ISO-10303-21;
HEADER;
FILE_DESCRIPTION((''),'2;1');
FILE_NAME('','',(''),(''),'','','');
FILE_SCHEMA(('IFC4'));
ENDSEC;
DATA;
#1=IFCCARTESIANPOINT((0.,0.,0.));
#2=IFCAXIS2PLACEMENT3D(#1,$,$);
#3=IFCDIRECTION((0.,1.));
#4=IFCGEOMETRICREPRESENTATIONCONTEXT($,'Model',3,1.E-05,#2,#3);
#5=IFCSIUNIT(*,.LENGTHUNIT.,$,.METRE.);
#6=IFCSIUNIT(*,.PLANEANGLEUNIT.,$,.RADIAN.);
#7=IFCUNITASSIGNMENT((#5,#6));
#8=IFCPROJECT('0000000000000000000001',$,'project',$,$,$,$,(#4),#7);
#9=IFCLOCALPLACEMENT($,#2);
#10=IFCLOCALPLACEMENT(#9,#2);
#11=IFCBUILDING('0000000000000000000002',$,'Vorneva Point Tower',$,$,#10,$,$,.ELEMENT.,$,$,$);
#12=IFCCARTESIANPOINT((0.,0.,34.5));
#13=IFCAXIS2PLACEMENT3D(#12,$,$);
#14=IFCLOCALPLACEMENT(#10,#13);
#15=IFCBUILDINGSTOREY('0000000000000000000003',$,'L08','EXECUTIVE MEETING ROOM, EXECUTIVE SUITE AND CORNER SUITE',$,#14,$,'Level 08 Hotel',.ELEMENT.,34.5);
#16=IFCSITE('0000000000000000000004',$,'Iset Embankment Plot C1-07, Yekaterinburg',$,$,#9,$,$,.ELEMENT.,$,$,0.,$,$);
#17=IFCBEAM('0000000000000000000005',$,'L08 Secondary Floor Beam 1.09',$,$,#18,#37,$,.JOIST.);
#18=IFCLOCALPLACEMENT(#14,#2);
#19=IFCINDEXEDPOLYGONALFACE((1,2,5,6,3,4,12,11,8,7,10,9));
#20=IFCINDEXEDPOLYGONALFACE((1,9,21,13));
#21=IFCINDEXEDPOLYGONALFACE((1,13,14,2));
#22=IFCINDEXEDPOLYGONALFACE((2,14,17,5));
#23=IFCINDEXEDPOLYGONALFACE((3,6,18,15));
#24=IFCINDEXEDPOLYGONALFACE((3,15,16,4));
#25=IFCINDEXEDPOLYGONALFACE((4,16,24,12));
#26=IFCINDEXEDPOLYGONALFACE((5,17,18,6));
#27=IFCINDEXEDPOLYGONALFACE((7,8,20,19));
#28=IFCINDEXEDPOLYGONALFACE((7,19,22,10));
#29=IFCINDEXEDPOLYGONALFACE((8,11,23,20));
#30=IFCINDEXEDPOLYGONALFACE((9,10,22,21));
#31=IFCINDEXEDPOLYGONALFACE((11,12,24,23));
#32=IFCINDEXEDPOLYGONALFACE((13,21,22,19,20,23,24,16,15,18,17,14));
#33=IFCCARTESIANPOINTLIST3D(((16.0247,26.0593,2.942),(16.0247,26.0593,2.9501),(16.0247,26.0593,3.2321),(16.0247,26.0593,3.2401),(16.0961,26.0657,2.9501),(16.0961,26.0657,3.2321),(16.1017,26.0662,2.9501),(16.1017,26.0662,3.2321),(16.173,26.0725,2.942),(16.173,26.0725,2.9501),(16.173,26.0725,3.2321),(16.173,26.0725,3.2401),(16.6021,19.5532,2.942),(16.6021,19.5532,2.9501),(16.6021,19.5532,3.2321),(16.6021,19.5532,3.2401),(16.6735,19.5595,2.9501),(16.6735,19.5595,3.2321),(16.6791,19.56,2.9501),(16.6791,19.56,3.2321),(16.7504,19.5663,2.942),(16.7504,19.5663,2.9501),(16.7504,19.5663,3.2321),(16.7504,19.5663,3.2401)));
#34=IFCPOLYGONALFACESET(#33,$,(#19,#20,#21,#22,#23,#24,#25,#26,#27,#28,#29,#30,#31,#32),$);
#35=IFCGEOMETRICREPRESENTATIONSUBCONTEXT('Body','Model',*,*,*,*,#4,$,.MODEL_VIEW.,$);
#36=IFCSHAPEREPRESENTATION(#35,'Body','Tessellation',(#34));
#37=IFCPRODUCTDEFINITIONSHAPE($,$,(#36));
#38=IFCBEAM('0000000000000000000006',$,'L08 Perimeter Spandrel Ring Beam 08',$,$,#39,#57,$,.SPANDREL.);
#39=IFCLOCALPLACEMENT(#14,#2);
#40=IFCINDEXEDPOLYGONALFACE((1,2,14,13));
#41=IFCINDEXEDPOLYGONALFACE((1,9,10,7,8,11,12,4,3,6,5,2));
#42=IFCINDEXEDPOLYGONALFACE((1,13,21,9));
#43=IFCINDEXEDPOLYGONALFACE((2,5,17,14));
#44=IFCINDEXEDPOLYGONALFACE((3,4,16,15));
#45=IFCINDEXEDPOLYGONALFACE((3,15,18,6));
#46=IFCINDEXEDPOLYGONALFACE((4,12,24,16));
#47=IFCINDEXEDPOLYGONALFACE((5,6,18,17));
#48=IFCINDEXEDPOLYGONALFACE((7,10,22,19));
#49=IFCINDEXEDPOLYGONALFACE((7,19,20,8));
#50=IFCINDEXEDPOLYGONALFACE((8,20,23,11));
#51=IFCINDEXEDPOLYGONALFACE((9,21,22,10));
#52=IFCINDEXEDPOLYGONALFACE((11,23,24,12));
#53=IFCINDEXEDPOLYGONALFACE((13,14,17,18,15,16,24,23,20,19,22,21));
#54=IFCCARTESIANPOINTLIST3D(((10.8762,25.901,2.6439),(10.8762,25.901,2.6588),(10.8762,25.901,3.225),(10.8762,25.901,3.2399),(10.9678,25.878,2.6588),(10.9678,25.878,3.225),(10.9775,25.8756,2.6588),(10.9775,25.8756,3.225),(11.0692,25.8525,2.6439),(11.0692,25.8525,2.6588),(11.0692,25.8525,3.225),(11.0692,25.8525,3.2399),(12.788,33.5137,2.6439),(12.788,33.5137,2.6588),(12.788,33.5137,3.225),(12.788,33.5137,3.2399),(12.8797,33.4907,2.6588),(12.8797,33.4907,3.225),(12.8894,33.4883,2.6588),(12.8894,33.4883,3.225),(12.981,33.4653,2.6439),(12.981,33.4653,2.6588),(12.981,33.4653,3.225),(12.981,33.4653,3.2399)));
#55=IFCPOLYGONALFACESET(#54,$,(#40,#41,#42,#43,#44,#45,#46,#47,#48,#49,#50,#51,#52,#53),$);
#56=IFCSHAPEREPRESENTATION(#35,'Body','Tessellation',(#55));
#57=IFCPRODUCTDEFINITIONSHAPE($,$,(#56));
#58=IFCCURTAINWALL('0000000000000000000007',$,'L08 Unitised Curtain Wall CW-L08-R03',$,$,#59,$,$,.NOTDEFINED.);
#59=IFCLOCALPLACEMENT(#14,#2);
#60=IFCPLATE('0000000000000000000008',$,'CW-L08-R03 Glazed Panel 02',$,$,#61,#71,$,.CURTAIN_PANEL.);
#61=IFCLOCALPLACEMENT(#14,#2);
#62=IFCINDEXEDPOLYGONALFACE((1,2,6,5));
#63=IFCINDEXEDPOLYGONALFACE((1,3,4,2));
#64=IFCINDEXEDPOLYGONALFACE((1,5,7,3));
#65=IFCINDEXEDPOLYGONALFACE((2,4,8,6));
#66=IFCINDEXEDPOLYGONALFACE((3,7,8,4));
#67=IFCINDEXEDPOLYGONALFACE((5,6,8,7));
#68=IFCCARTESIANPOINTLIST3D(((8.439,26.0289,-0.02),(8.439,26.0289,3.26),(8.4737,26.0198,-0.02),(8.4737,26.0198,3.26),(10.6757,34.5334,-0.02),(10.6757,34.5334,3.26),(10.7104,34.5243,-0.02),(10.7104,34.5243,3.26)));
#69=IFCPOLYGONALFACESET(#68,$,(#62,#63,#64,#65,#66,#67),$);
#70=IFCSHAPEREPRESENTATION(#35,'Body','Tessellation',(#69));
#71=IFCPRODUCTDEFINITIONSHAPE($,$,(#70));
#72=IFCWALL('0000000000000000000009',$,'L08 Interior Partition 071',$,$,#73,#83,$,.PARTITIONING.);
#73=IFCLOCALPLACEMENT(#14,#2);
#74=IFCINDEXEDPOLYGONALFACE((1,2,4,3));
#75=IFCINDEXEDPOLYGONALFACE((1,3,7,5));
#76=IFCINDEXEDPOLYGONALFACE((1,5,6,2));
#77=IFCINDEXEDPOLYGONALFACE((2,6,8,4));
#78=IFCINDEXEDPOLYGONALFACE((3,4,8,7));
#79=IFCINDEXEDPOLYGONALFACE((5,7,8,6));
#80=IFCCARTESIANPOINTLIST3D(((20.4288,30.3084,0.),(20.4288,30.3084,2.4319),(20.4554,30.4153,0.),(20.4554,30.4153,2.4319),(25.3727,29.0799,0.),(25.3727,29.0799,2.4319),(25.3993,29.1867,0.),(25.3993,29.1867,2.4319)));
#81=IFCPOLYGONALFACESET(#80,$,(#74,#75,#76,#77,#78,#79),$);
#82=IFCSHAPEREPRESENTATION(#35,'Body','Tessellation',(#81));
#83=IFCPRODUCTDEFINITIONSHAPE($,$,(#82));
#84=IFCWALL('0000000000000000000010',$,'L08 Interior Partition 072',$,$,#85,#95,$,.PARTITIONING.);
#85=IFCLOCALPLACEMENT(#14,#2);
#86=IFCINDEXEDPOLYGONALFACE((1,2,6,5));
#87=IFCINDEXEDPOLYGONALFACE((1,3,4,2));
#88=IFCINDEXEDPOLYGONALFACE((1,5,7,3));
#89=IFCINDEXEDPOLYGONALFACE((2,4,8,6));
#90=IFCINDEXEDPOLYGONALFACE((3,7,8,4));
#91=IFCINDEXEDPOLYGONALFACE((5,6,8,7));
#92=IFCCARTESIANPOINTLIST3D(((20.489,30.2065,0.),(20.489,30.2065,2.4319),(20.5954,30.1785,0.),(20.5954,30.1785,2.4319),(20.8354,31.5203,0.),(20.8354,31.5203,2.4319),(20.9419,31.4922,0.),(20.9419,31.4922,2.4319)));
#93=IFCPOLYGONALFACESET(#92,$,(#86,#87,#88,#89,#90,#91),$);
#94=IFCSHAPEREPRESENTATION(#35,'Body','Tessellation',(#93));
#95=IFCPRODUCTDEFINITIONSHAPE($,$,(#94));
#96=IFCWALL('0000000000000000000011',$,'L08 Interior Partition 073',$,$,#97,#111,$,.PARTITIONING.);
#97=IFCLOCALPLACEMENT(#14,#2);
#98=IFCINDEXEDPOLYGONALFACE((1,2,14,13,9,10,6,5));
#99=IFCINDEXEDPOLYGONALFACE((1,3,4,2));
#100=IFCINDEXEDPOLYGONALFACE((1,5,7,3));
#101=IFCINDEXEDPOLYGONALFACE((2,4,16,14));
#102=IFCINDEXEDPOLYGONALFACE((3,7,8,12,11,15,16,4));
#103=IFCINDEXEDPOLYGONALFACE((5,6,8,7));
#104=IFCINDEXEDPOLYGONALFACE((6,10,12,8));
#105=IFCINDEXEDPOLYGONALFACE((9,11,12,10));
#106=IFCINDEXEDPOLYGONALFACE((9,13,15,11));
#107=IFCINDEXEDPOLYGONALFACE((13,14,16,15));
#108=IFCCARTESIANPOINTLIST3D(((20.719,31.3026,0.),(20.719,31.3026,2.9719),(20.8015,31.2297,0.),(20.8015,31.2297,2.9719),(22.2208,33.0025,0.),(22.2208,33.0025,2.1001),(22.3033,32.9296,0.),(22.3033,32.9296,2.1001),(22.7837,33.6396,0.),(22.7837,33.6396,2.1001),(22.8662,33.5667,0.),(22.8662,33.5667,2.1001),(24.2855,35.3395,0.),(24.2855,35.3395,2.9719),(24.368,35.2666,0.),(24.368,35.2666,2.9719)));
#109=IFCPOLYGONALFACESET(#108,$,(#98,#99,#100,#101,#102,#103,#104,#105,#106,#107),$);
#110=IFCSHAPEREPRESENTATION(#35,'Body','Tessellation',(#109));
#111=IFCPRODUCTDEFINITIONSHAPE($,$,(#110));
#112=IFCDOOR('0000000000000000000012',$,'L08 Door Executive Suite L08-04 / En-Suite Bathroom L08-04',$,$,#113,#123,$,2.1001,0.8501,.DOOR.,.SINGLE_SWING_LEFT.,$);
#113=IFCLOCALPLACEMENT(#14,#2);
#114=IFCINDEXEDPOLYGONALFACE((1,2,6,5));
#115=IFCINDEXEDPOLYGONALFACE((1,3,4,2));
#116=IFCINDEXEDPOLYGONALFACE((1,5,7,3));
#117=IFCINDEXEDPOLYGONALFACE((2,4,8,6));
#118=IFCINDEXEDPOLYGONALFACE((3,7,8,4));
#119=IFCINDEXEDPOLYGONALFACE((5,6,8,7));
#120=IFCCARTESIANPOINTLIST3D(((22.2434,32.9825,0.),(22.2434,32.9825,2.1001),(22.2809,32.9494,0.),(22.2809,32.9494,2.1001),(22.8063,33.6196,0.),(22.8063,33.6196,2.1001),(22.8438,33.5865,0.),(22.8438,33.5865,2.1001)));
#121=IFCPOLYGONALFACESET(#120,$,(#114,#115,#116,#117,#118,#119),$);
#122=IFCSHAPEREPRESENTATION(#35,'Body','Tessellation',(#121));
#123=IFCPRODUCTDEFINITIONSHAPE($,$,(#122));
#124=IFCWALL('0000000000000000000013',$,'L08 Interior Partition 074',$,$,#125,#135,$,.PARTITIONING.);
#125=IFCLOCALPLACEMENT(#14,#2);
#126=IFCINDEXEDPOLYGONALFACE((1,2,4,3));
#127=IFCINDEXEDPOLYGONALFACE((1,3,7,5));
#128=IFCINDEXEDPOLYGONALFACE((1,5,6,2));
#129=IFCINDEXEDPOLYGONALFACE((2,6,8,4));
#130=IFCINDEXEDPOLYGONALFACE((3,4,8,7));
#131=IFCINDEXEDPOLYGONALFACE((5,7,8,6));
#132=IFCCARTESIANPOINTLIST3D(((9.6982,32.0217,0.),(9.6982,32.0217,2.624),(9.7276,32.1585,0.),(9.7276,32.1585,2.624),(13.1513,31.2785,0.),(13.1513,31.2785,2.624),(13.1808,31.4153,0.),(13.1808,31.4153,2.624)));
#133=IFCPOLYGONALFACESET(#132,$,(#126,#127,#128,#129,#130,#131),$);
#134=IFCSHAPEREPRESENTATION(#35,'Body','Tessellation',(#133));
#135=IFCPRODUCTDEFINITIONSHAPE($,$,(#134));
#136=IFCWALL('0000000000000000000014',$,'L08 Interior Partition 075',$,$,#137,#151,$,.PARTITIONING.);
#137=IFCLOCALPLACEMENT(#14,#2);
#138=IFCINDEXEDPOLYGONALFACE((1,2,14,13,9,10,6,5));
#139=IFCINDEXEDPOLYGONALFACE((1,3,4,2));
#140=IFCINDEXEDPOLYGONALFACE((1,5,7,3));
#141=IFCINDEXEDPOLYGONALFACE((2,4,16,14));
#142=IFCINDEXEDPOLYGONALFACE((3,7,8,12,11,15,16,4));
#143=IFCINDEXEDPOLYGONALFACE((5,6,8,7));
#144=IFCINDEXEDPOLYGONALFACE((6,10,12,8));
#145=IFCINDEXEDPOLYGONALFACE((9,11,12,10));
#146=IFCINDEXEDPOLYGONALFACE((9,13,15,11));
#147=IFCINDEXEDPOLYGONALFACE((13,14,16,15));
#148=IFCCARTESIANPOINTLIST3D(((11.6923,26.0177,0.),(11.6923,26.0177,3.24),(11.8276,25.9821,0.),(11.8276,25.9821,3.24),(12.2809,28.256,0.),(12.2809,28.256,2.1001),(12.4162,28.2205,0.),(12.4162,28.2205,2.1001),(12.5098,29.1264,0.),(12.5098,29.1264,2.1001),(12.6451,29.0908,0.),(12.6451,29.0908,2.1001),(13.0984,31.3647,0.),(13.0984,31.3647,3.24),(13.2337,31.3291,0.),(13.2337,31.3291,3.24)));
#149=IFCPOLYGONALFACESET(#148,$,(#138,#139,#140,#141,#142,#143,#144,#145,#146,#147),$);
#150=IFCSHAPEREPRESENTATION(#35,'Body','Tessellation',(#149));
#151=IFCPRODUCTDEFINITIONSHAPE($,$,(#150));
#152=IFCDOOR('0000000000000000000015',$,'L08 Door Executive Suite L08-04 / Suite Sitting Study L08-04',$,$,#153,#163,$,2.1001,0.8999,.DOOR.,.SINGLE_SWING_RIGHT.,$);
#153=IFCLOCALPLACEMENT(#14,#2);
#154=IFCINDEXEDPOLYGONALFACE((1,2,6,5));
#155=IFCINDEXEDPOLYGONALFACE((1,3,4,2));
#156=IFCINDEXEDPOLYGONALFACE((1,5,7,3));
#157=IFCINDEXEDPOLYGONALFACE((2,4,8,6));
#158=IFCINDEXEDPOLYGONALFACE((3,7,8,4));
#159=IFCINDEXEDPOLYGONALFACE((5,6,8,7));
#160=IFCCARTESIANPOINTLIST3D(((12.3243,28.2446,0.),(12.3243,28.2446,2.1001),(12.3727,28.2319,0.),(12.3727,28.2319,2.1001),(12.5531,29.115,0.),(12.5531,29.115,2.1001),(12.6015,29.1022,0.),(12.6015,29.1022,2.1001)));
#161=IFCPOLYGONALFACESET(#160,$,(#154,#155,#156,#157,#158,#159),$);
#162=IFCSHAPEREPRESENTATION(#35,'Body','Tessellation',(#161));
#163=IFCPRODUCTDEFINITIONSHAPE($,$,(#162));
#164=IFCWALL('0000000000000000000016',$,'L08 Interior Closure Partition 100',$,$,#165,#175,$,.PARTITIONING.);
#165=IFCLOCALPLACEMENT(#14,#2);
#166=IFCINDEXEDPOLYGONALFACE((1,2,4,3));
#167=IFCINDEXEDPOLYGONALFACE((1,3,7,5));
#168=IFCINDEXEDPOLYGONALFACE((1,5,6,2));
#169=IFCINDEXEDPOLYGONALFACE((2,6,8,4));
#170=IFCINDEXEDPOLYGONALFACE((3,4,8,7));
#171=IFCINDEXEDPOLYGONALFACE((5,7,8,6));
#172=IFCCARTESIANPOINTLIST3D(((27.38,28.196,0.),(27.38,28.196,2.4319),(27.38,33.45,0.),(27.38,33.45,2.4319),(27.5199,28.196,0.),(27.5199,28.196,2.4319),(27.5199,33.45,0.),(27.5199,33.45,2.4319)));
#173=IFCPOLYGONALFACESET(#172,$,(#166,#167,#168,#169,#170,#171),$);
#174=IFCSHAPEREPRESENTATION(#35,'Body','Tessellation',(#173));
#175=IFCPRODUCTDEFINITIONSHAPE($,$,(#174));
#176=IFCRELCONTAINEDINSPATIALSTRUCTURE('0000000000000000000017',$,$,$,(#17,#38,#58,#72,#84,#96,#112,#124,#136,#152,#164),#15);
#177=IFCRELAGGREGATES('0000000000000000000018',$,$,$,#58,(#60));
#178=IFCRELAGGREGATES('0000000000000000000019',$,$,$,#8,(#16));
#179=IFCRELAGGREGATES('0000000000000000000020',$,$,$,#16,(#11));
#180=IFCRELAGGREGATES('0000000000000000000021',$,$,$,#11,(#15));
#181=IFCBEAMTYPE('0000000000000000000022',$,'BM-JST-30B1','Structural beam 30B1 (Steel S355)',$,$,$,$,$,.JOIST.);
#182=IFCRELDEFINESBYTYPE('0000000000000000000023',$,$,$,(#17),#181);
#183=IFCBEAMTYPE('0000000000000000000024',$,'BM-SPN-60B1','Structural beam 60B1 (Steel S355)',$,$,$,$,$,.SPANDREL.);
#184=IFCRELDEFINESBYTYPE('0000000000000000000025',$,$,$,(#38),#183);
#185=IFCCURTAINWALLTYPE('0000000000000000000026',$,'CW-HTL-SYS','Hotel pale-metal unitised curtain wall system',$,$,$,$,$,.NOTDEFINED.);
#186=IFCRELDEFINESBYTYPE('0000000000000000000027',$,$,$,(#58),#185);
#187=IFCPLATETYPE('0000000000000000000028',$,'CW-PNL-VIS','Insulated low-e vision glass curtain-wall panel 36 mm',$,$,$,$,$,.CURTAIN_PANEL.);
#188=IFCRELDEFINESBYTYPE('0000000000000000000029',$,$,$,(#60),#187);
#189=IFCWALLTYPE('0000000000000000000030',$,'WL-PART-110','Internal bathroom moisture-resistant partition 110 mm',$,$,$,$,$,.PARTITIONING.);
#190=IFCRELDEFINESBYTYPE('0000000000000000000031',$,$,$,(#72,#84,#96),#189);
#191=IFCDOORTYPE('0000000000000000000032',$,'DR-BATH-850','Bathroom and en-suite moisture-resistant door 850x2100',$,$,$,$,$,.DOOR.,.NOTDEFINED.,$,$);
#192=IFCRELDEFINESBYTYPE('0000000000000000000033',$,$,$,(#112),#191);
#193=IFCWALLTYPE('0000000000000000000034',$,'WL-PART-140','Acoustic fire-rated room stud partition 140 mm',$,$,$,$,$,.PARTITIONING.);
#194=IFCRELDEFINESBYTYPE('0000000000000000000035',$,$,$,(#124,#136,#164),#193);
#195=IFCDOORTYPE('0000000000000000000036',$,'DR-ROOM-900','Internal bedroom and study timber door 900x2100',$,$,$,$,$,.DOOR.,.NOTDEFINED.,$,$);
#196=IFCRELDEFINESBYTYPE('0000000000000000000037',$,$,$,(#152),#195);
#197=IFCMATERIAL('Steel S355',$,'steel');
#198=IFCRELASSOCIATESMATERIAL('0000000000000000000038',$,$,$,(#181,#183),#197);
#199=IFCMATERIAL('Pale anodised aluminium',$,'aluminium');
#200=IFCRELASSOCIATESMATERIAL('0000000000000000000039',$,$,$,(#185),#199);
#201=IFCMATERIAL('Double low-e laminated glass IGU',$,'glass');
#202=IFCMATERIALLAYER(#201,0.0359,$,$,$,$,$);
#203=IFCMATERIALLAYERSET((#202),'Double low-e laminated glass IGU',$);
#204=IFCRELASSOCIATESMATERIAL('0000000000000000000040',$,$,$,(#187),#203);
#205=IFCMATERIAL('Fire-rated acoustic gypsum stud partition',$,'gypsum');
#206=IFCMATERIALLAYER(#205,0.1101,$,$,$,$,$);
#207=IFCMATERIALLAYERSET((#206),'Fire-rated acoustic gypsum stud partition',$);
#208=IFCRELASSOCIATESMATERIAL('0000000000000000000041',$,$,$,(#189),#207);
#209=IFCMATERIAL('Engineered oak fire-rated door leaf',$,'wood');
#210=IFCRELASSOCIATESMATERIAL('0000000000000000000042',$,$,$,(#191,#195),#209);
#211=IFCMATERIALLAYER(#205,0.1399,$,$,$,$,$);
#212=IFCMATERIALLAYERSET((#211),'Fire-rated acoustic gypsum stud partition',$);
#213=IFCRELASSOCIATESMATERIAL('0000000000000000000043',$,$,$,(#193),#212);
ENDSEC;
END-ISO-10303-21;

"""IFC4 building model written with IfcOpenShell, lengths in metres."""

from ifc_helpers import new_model, si_unit, direction, frame, frame_2d, origin, origin_2d, place, context, subcontext, project, spatial, rectangle, i_section, extrude, material, layer, layer_set, material_profile, profile_set, type_object, element, fill, aggregate, save


model = new_model("IFC4")

# Units and contexts
model_context = context("Model", 3, precision=1e-05, world=origin(), true_north=direction((0.0, 1.0)))
body_context = subcontext(model_context, "Body", "Model", "MODEL_VIEW")
ifc_project = project(units=[si_unit("LENGTHUNIT", "METRE"), si_unit("PLANEANGLEUNIT", "RADIAN")], contexts=[model_context])

# Site, building, storey
site_placement = place(None, origin())
site = spatial("IfcSite", under=ifc_project, at=site_placement, Name="Iset Embankment Plot C1-07, Yekaterinburg", CompositionType="ELEMENT", RefElevation=0.0)
building_placement = place(site_placement, origin())
building = spatial("IfcBuilding", under=site, at=building_placement, Name="Vorneva Point Tower", CompositionType="ELEMENT")
storey_placement = place(building_placement, frame((0.0, 0.0, 34.5)))
storey = spatial("IfcBuildingStorey", under=building, at=storey_placement, Name="L08", Description="EXECUTIVE MEETING ROOM, EXECUTIVE SUITE AND CORNER SUITE", LongName="Level 08 Hotel", CompositionType="ELEMENT", Elevation=34.5)

# Beams
ifc_material_1 = material(Name="Steel S355", Category="steel")
ifc_material_profile_1 = material_profile(ifc_material_1, i_section(OverallWidth=0.1489, OverallDepth=0.2981, WebThickness=0.0056, FlangeThickness=0.0081, at=origin_2d()), Name="30B1")
ifc_profile_set_1 = profile_set([ifc_material_profile_1], Name="Steel S355")
beam_type_1 = type_object("IfcBeamType", Name="BM-JST-30B1", Description="Structural beam 30B1 (Steel S355)", PredefinedType="JOIST", material=ifc_profile_set_1)
beam_1_placement = place(storey_placement, frame((16.0989, 26.0659, 3.0911), z_axis=(0.088399, -0.996085, 0.0), x_axis=(0.996085, 0.088399, 0.0)))
element("IfcBeam", 1, at=beam_1_placement, inside=storey, type_object=beam_type_1, Name="L08 Secondary Floor Beam 1.09", PredefinedType="JOIST", context=body_context, shape_type="SweptSolid", body=[
    extrude(i_section(OverallWidth=0.1489, OverallDepth=0.2981, WebThickness=0.0056, FlangeThickness=0.0081, at=origin_2d()), origin(), (0.0, 0.0, 1.0), 6.5317),
])
ifc_material_profile_2 = material_profile(ifc_material_1, i_section(OverallWidth=0.199, OverallDepth=0.5959, WebThickness=0.01, FlangeThickness=0.0149, at=origin_2d()), Name="60B1")
ifc_profile_set_2 = profile_set([ifc_material_profile_2], Name="Steel S355")
beam_type_2 = type_object("IfcBeamType", Name="BM-SPN-60B1", Description="Structural beam 60B1 (Steel S355)", PredefinedType="SPANDREL", material=ifc_profile_set_2)
beam_2_placement = place(storey_placement, frame((12.8845, 33.4895, 2.9419), z_axis=(-0.243575, -0.969882, 0.0), x_axis=(0.969882, -0.243575, 0.0)))
element("IfcBeam", 2, at=beam_2_placement, inside=storey, type_object=beam_type_2, Name="L08 Perimeter Spandrel Ring Beam 08", PredefinedType="SPANDREL", context=body_context, shape_type="SweptSolid", body=[
    extrude(i_section(OverallWidth=0.199, OverallDepth=0.5959, WebThickness=0.01, FlangeThickness=0.0149, at=origin_2d()), origin(), (0.0, 0.0, 1.0), 7.8491),
])

# Curtain wall, plate
ifc_material_2 = material(Name="Pale anodised aluminium", Category="aluminium")
curtain_wall_type = type_object("IfcCurtainWallType", Name="CW-HTL-SYS", Description="Hotel pale-metal unitised curtain wall system", PredefinedType="NOTDEFINED", material=ifc_material_2)
curtain_wall_placement = place(storey_placement, origin())
curtain_wall = element("IfcCurtainWall", 3, at=curtain_wall_placement, inside=storey, type_object=curtain_wall_type, Name="L08 Unitised Curtain Wall CW-L08-R03", PredefinedType="NOTDEFINED")
ifc_material_3 = material(Name="Double low-e laminated glass IGU", Category="glass")
ifc_layer_1 = layer(ifc_material_3, 0.0359)
ifc_layer_set_1 = layer_set([ifc_layer_1], Name="Double low-e laminated glass IGU")
plate_type = type_object("IfcPlateType", Name="CW-PNL-VIS", Description="Insulated low-e vision glass curtain-wall panel 36 mm", PredefinedType="CURTAIN_PANEL", material=ifc_layer_set_1)
plate_placement = place(storey_placement, frame((9.5747, 30.2766, -0.02), z_axis=(0.0, 0.0, 1.0), x_axis=(-0.254349, -0.967113, 0.0)))
plate = element("IfcPlate", 4, at=plate_placement, type_object=plate_type, Name="CW-L08-R03 Glazed Panel 02", PredefinedType="CURTAIN_PANEL", context=body_context, shape_type="SweptSolid", body=[
    extrude(rectangle(XDim=8.7937, YDim=0.0359, at=origin_2d()), origin(), (0.0, 0.0, 1.0), 3.28),
])
aggregate(curtain_wall, [plate])

# Walls
ifc_material_4 = material(Name="Fire-rated acoustic gypsum stud partition", Category="gypsum")
ifc_layer_2 = layer(ifc_material_4, 0.1101)
ifc_layer_set_2 = layer_set([ifc_layer_2], Name="Fire-rated acoustic gypsum stud partition")
wall_type_1 = type_object("IfcWallType", Name="WL-PART-110", Description="Internal bathroom moisture-resistant partition 110 mm", PredefinedType="PARTITIONING", material=ifc_layer_set_2)
wall_1_placement = place(storey_placement, frame((25.386, 29.1333, 0.0), z_axis=(0.0, 0.0, 1.0), x_axis=(-0.970485, 0.24116, 0.0)))
element("IfcWall", 5, at=wall_1_placement, inside=storey, type_object=wall_type_1, Name="L08 Interior Partition 071", PredefinedType="PARTITIONING", context=body_context, shape_type="SweptSolid", body=[
    extrude(rectangle(XDim=5.0942, YDim=0.1101, at=frame_2d((2.5471, 0.0))), origin(), (0.0, 0.0, 1.0), 2.4319),
])
wall_2_placement = place(storey_placement, frame((20.5422, 30.1926, 0.0), z_axis=(0.0, 0.0, 1.0), x_axis=(0.254989, 0.966944, 0.0)))
element("IfcWall", 6, at=wall_2_placement, inside=storey, type_object=wall_type_1, Name="L08 Interior Partition 072", PredefinedType="PARTITIONING", context=body_context, shape_type="SweptSolid", body=[
    extrude(rectangle(XDim=1.3586, YDim=0.1101, at=frame_2d((0.6792, 0.0))), origin(), (0.0, 0.0, 1.0), 2.4319),
])

# Wall, opening, door
wall_3_placement = place(storey_placement, frame((20.7603, 31.2661, 0.0), z_axis=(0.0, 0.0, 1.0), x_axis=(0.662088, 0.749426, 0.0)))
wall_3 = element("IfcWall", 7, at=wall_3_placement, inside=storey, type_object=wall_type_1, Name="L08 Interior Partition 073", PredefinedType="PARTITIONING", context=body_context, shape_type="SweptSolid", body=[
    extrude(rectangle(XDim=5.3867, YDim=0.1101, at=frame_2d((2.6934, 0.0))), origin(), (0.0, 0.0, 1.0), 2.9719),
])
opening_1_placement = place(wall_3_placement, frame((2.2683, 0.0, 0.0)))
opening_1 = element("IfcOpeningElement", 8, at=opening_1_placement, cuts=wall_3, PredefinedType="OPENING", context=body_context, shape_type="SweptSolid", body=[
    extrude(rectangle(XDim=0.8501, YDim=2.1001, at=frame_2d((0.425, 1.05))), frame((0.0, 0.0698, 0.0), z_axis=(0.0, -1.0, 0.0), x_axis=(1.0, 0.0, 0.0)), (0.0, 0.0, 1.0), 0.1399),
])
ifc_material_5 = material(Name="Engineered oak fire-rated door leaf", Category="wood")
door_type_1 = type_object("IfcDoorType", Name="DR-BATH-850", Description="Bathroom and en-suite moisture-resistant door 850x2100", OperationType="NOTDEFINED", PredefinedType="DOOR", material=ifc_material_5)
door_1_placement = place(opening_1_placement, origin())
door_1 = element("IfcDoor", 9, at=door_1_placement, inside=storey, type_object=door_type_1, Name="L08 Door Executive Suite L08-04 / En-Suite Bathroom L08-04", OperationType="SINGLE_SWING_LEFT", OverallHeight=2.1001, OverallWidth=0.8501, PredefinedType="DOOR", context=body_context, shape_type="SweptSolid", body=[
    extrude(rectangle(XDim=0.8501, YDim=2.1001, at=frame_2d((0.425, 1.05))), frame((0.0, 0.0249, 0.0), z_axis=(0.0, -1.0, 0.0), x_axis=(1.0, 0.0, 0.0)), (0.0, 0.0, 1.0), 0.05),
])
fill(opening_1, door_1)

# Wall
ifc_layer_3 = layer(ifc_material_4, 0.1399)
ifc_layer_set_3 = layer_set([ifc_layer_3], Name="Fire-rated acoustic gypsum stud partition")
wall_type_2 = type_object("IfcWallType", Name="WL-PART-140", Description="Acoustic fire-rated room stud partition 140 mm", PredefinedType="PARTITIONING", material=ifc_layer_set_3)
wall_4_placement = place(storey_placement, frame((9.7129, 32.0901, 0.0), z_axis=(0.0, 0.0, 1.0), x_axis=(0.977616, -0.210398, 0.0)))
element("IfcWall", 10, at=wall_4_placement, inside=storey, type_object=wall_type_2, Name="L08 Interior Partition 074", PredefinedType="PARTITIONING", context=body_context, shape_type="SweptSolid", body=[
    extrude(rectangle(XDim=3.5322, YDim=0.1399, at=frame_2d((1.7661, 0.0))), origin(), (0.0, 0.0, 1.0), 2.624),
])

# Wall, opening, door
wall_5_placement = place(storey_placement, frame((13.166, 31.3469, 0.0), z_axis=(0.0, 0.0, 1.0), x_axis=(-0.254311, -0.967123, 0.0)))
wall_5 = element("IfcWall", 11, at=wall_5_placement, inside=storey, type_object=wall_type_2, Name="L08 Interior Partition 075", PredefinedType="PARTITIONING", context=body_context, shape_type="SweptSolid", body=[
    extrude(rectangle(XDim=5.5288, YDim=0.1399, at=frame_2d((2.7644, 0.0))), origin(), (0.0, 0.0, 1.0), 3.24),
])
opening_2_placement = place(wall_5_placement, frame((2.3145, 0.0, 0.0)))
opening_2 = element("IfcOpeningElement", 12, at=opening_2_placement, cuts=wall_5, PredefinedType="OPENING", context=body_context, shape_type="SweptSolid", body=[
    extrude(rectangle(XDim=0.8999, YDim=2.1001, at=frame_2d((0.45, 1.05))), frame((0.0, 0.085, 0.0), z_axis=(0.0, -1.0, 0.0), x_axis=(1.0, 0.0, 0.0)), (0.0, 0.0, 1.0), 0.1697),
])
door_type_2 = type_object("IfcDoorType", Name="DR-ROOM-900", Description="Internal bedroom and study timber door 900x2100", OperationType="NOTDEFINED", PredefinedType="DOOR", material=ifc_material_5)
door_2_placement = place(opening_2_placement, origin())
door_2 = element("IfcDoor", 13, at=door_2_placement, inside=storey, type_object=door_type_2, Name="L08 Door Executive Suite L08-04 / Suite Sitting Study L08-04", OperationType="SINGLE_SWING_RIGHT", OverallHeight=2.1001, OverallWidth=0.8999, PredefinedType="DOOR", context=body_context, shape_type="SweptSolid", body=[
    extrude(rectangle(XDim=0.8999, YDim=2.1001, at=frame_2d((0.45, 1.05))), frame((0.0, 0.0249, 0.0), z_axis=(0.0, -1.0, 0.0), x_axis=(1.0, 0.0, 0.0)), (0.0, 0.0, 1.0), 0.05),
])
fill(opening_2, door_2)

# Wall
wall_6_placement = place(storey_placement, frame((27.45, 28.196, 0.0), z_axis=(0.0, 0.0, 1.0), x_axis=(0.0, 1.0, 0.0)))
element("IfcWall", 14, at=wall_6_placement, inside=storey, type_object=wall_type_2, Name="L08 Interior Closure Partition 100", PredefinedType="PARTITIONING", context=body_context, shape_type="SweptSolid", body=[
    extrude(rectangle(XDim=5.2539, YDim=0.1399, at=frame_2d((2.627, 0.0))), origin(), (0.0, 0.0, 1.0), 2.4319),
])

save(model, "model.ifc")
